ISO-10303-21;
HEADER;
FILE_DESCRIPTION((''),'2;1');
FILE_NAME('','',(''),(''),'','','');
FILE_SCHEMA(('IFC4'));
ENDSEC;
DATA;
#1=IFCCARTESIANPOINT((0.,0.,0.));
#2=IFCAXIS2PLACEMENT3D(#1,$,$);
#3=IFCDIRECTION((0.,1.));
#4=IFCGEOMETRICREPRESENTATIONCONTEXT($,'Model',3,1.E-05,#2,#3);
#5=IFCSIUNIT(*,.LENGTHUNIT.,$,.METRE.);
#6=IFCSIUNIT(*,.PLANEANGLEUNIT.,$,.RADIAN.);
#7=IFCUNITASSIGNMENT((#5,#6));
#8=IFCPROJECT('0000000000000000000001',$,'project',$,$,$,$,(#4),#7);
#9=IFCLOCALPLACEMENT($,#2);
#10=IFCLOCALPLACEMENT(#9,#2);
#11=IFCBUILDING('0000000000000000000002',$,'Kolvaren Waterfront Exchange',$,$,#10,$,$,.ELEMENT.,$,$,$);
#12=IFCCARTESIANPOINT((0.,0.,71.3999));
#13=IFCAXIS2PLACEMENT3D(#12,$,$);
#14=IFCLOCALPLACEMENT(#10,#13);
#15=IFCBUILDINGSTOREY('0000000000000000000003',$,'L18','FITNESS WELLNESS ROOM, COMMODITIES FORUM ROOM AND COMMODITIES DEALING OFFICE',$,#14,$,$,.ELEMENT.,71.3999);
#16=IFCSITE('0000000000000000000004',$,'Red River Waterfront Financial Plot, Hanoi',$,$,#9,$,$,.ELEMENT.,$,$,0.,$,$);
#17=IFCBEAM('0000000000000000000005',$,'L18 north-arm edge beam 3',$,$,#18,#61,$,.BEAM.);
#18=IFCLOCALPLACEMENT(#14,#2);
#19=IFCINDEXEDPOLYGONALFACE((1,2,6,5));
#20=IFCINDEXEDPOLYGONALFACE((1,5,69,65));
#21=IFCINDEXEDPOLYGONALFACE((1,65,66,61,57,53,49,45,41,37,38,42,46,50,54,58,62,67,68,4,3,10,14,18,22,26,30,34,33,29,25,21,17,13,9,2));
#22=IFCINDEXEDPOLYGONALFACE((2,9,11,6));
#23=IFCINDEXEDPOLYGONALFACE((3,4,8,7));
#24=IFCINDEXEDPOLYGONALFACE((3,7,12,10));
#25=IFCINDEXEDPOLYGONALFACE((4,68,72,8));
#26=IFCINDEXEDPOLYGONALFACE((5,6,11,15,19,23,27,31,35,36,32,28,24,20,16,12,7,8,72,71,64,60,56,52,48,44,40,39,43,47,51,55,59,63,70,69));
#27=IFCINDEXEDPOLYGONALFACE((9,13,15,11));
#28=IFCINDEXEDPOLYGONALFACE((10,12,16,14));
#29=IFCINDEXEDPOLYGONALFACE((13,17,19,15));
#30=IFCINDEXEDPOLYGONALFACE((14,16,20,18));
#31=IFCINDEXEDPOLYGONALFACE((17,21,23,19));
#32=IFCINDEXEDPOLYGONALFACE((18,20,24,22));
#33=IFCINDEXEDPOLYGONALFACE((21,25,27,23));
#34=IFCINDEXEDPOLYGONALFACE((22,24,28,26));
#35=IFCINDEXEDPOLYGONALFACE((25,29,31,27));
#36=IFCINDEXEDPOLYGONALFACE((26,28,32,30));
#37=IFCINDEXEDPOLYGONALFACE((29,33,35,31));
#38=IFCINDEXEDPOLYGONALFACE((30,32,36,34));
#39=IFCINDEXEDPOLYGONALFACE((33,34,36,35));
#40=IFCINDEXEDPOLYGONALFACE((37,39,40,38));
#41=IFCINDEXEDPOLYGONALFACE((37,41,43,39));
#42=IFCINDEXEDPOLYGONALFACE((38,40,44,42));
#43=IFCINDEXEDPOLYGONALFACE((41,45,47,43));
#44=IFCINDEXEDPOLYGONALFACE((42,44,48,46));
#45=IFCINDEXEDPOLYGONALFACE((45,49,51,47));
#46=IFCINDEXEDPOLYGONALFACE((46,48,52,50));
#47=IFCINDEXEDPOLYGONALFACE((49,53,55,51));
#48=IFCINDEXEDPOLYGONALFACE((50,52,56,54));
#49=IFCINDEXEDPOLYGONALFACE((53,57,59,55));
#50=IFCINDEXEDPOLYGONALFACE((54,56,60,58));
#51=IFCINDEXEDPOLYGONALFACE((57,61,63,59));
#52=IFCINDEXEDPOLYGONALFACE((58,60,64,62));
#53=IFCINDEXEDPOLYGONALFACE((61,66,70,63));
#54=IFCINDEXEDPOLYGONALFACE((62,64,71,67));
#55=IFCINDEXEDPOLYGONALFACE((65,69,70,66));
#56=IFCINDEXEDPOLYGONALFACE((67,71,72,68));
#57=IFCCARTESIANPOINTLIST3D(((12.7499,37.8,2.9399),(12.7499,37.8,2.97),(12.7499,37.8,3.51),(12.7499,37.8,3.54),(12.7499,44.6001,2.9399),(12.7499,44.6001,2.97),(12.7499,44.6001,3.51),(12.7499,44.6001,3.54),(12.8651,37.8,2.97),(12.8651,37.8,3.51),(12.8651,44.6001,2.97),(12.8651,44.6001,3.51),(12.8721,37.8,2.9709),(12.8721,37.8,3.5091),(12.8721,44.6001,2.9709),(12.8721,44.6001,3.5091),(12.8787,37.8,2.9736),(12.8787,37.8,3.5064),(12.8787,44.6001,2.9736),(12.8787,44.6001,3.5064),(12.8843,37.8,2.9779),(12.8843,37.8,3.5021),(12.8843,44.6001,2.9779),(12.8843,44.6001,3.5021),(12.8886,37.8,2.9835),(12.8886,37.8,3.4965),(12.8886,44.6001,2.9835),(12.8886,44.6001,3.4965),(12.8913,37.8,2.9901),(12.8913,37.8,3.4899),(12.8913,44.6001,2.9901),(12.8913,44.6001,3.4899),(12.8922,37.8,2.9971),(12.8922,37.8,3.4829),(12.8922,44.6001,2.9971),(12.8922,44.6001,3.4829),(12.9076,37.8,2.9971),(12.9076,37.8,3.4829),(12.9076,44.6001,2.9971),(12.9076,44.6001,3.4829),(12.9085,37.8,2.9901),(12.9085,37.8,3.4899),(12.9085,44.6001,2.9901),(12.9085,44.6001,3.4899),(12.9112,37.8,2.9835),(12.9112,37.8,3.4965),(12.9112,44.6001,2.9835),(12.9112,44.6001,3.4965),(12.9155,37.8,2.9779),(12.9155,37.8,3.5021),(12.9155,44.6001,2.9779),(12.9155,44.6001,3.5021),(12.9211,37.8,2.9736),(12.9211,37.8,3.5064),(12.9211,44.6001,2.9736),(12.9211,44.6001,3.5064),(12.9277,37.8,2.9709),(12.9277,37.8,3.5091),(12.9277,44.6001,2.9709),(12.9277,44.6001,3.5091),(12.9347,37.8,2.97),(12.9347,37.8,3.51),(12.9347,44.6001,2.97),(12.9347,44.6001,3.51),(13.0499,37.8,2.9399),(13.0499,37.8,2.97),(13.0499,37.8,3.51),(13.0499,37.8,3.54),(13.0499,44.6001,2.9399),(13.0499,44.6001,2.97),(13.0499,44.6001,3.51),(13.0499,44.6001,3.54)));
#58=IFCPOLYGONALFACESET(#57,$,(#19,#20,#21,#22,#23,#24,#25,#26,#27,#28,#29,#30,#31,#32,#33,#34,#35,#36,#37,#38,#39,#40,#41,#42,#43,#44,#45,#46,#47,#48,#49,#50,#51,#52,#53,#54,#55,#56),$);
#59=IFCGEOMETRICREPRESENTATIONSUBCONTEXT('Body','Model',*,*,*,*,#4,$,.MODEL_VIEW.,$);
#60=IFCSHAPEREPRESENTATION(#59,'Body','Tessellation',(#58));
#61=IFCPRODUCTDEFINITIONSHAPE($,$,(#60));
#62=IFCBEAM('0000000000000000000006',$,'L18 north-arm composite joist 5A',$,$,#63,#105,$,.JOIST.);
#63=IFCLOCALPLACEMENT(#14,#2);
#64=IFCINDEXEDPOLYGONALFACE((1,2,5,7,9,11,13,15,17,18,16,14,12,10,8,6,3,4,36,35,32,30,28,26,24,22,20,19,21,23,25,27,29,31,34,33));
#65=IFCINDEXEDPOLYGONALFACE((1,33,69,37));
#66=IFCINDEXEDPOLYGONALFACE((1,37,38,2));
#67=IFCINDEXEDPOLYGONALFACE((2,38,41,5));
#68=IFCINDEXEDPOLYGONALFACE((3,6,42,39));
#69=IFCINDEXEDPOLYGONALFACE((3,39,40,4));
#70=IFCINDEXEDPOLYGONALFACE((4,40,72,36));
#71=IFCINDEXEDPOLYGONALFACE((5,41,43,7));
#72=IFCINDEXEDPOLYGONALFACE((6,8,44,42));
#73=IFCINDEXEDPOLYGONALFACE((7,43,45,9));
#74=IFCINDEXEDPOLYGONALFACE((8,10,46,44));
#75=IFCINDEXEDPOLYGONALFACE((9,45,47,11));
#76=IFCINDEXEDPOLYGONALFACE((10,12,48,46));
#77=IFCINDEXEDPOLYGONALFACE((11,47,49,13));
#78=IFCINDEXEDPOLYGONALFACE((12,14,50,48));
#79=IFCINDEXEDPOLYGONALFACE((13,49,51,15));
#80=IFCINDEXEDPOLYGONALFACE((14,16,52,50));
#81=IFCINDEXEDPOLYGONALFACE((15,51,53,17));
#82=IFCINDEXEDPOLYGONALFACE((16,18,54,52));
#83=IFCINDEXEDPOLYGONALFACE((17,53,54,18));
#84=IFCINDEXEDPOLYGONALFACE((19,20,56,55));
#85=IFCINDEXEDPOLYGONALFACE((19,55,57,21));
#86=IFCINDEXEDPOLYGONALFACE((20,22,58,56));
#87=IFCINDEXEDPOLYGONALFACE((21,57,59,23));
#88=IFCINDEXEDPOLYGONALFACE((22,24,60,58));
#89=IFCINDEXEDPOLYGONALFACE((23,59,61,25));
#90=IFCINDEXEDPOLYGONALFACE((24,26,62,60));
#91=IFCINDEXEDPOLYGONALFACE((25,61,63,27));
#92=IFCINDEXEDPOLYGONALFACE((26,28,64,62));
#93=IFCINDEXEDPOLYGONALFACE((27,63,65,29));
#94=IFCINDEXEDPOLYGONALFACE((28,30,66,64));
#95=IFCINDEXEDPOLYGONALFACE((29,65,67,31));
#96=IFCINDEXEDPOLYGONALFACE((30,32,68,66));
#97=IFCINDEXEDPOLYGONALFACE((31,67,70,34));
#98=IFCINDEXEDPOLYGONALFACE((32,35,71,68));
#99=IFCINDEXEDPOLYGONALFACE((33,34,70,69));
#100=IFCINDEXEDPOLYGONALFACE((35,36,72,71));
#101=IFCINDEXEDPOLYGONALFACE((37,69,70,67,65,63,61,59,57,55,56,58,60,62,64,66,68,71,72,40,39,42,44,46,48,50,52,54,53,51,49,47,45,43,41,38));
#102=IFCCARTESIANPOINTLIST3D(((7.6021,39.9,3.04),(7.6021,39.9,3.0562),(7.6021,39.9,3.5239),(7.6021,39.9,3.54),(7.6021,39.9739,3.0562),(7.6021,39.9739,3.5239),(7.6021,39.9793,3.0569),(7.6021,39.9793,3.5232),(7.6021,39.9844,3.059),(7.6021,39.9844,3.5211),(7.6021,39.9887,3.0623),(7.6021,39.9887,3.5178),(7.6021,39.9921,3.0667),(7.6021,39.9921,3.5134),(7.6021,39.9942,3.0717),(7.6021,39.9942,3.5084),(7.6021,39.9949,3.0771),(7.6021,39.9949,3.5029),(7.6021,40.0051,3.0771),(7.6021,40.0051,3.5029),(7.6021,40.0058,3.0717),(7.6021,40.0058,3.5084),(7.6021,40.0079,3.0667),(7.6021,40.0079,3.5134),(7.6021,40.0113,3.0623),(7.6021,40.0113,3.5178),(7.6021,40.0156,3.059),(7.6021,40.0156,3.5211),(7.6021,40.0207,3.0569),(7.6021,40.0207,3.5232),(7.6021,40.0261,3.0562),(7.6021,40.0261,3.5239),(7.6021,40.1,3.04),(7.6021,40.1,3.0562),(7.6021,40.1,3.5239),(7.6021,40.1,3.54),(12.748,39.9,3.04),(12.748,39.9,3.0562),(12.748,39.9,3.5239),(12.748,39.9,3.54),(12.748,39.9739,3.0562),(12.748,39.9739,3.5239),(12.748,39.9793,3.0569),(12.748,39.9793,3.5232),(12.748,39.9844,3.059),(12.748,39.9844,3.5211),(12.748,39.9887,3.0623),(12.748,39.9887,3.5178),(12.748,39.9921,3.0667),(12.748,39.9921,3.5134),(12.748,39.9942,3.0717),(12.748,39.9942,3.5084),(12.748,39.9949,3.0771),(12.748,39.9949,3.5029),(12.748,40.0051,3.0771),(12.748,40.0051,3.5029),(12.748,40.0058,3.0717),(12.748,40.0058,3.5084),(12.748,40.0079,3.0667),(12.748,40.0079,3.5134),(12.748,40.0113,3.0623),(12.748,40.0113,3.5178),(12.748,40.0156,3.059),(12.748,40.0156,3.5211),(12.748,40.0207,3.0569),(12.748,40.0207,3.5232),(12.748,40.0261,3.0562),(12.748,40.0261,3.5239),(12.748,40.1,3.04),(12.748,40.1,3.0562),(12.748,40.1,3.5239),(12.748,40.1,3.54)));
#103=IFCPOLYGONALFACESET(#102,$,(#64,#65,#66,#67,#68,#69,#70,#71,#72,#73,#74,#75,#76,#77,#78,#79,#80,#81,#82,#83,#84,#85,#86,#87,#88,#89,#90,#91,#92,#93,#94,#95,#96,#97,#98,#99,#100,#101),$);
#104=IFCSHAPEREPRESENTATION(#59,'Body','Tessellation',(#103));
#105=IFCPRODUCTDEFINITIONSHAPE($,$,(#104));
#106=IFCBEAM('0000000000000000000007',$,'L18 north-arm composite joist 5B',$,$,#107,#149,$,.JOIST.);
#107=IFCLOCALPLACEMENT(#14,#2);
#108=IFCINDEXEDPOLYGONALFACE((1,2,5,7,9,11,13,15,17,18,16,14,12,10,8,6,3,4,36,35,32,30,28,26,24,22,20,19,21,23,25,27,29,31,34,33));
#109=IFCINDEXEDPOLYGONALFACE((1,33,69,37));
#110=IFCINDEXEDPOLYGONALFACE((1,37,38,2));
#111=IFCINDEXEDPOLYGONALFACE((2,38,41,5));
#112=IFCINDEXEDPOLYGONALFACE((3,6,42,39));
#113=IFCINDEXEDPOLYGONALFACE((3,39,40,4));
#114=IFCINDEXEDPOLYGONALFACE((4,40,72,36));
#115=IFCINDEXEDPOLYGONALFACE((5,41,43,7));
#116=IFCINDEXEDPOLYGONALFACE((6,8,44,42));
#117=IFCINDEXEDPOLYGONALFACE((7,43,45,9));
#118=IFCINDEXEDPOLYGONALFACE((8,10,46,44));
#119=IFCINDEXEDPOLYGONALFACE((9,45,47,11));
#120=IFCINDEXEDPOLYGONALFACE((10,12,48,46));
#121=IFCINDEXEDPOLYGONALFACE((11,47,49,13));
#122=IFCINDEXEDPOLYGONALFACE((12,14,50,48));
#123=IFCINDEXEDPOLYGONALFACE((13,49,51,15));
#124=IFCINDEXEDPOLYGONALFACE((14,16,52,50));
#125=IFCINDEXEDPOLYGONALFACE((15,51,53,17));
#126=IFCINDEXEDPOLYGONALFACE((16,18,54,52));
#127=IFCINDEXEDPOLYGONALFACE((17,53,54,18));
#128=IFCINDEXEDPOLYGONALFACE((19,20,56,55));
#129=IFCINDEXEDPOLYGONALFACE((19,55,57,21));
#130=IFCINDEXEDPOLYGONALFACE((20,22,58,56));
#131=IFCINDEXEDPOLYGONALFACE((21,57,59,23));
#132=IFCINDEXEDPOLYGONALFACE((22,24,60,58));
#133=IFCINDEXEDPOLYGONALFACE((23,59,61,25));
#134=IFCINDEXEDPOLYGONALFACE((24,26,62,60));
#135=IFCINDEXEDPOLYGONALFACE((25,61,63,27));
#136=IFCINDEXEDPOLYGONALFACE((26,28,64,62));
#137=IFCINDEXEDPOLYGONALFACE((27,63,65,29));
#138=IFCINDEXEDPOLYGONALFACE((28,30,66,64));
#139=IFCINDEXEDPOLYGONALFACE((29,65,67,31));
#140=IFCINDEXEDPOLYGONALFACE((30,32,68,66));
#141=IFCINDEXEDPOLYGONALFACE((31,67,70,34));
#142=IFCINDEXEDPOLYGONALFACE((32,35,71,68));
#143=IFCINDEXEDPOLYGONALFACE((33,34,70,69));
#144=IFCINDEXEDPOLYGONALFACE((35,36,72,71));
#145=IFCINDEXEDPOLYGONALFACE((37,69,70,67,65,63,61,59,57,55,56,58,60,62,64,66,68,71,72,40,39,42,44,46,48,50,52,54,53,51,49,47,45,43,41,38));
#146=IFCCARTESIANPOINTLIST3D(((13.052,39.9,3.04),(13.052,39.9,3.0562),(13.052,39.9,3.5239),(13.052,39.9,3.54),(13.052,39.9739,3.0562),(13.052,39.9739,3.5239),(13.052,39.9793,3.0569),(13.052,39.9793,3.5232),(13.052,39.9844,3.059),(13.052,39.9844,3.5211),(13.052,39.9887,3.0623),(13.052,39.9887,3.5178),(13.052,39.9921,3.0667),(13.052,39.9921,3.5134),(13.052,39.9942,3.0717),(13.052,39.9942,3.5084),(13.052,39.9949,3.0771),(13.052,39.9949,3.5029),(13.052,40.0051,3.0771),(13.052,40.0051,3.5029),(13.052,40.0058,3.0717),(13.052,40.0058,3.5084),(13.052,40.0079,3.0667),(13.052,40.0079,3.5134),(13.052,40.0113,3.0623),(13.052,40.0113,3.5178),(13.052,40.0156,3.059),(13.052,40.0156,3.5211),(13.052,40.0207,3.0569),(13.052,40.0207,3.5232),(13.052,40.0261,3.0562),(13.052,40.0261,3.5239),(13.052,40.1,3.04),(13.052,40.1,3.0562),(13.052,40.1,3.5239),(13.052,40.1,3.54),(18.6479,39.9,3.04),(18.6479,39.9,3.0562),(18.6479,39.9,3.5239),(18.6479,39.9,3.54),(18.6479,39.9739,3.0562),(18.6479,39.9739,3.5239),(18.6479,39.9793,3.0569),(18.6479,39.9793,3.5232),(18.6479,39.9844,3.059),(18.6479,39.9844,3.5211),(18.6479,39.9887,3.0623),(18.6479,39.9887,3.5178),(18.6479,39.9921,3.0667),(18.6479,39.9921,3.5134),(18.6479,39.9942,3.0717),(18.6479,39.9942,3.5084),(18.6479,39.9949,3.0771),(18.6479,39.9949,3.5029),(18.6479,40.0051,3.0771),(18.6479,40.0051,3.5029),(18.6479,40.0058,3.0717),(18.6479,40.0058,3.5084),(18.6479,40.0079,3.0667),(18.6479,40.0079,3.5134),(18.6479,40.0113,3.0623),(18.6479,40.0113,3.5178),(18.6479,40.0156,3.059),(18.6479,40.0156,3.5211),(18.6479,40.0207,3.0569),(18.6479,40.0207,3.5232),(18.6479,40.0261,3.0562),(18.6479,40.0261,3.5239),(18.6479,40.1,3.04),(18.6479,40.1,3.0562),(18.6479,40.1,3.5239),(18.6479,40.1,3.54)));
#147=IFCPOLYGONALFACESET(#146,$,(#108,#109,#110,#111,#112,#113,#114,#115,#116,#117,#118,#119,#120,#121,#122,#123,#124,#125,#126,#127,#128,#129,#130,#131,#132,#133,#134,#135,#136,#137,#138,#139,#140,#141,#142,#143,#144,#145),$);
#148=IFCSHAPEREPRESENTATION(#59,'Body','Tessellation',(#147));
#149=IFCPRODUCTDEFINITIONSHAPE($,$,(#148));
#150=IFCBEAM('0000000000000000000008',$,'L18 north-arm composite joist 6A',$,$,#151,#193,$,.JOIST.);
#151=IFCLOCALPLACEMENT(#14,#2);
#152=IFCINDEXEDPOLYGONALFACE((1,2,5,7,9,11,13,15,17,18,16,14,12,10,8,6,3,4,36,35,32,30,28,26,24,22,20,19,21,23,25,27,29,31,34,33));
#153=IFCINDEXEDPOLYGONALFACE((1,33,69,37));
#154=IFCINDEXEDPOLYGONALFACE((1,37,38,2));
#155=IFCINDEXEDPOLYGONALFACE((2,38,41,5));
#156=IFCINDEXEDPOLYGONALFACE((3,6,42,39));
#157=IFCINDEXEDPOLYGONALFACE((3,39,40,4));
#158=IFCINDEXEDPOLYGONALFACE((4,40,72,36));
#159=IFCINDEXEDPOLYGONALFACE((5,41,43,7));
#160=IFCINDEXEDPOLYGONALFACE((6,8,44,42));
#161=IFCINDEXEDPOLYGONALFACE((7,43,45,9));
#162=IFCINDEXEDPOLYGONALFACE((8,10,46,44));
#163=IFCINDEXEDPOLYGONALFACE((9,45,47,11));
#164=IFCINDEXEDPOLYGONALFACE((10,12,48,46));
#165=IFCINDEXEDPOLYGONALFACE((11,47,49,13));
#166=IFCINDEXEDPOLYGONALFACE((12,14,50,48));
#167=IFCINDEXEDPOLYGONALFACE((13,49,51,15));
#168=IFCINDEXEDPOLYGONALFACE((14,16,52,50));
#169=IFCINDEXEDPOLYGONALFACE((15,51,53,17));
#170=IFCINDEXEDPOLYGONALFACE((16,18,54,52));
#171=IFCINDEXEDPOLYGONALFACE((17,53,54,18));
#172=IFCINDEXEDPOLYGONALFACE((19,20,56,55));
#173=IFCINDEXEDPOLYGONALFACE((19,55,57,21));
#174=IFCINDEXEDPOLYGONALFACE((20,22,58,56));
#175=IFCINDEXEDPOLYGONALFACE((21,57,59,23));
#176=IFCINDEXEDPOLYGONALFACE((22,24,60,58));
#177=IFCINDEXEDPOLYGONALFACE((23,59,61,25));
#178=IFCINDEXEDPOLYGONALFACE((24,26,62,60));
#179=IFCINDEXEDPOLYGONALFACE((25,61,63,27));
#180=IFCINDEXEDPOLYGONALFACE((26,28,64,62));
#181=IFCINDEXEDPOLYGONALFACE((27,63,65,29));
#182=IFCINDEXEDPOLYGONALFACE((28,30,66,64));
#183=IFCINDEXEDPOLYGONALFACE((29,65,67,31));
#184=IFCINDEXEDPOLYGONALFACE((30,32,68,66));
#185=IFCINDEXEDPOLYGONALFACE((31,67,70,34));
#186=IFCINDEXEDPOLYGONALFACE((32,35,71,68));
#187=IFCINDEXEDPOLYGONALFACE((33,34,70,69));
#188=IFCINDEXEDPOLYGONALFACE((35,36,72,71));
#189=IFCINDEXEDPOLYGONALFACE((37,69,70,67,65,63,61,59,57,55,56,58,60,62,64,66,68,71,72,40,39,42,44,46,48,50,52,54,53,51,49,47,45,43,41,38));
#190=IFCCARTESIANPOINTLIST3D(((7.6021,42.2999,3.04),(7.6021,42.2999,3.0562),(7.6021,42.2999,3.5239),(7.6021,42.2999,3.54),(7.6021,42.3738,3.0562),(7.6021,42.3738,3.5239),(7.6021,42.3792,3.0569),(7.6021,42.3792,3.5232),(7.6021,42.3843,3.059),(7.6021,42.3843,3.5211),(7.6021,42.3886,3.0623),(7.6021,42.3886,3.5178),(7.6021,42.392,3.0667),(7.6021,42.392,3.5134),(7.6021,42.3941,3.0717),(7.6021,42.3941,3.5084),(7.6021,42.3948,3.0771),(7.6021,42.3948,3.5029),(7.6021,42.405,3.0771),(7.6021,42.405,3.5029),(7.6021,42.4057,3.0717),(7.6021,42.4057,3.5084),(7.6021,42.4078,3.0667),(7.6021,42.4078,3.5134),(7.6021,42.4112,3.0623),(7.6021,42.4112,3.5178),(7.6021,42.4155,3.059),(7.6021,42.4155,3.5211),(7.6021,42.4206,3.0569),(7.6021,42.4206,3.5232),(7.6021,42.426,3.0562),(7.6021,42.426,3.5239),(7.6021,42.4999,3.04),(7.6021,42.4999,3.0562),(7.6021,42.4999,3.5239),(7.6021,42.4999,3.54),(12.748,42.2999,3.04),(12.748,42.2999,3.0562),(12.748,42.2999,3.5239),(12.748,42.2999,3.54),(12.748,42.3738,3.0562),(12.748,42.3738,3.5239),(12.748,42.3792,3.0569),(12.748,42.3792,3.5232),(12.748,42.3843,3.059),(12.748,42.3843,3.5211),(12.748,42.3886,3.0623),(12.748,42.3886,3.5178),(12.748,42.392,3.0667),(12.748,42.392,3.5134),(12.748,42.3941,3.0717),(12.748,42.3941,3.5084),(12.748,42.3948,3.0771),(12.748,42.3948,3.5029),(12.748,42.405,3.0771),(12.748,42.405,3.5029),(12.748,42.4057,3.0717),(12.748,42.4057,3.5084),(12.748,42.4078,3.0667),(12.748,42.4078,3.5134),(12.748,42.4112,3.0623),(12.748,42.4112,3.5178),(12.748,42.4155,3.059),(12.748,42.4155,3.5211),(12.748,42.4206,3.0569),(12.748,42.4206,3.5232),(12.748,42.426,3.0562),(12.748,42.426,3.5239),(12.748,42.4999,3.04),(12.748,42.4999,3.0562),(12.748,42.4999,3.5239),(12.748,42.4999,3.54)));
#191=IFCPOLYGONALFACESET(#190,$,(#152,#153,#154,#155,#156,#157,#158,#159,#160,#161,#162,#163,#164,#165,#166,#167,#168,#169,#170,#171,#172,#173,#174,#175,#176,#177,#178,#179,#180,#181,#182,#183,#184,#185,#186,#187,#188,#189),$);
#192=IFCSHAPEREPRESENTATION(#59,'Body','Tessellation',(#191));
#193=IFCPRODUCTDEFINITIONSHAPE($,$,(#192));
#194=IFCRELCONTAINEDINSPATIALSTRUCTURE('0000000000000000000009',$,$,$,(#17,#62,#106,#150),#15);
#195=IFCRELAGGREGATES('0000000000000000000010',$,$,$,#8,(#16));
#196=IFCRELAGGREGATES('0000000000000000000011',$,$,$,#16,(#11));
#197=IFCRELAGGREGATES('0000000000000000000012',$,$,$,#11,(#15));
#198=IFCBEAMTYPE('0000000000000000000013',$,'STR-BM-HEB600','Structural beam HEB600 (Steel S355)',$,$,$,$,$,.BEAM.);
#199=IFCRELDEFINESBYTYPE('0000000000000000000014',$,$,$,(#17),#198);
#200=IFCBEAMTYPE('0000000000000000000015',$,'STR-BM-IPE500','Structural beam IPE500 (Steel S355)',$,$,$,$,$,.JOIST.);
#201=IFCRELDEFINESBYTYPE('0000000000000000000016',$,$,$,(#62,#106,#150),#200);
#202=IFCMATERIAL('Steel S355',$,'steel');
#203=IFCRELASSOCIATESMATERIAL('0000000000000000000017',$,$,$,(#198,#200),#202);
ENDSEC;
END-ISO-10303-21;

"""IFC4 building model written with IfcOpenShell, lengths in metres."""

from ifc_helpers import new_model, si_unit, direction, frame, origin, origin_2d, place, context, subcontext, project, spatial, i_section, extrude, material, material_profile, profile_set, type_object, element, save


model = new_model("IFC4")

# Units and contexts
model_context = context("Model", 3, precision=1e-05, world=origin(), true_north=direction((0.0, 1.0)))
body_context = subcontext(model_context, "Body", "Model", "MODEL_VIEW")
ifc_project = project(units=[si_unit("LENGTHUNIT", "METRE"), si_unit("PLANEANGLEUNIT", "RADIAN")], contexts=[model_context])

# Site, building, storey
site_placement = place(None, origin())
site = spatial("IfcSite", under=ifc_project, at=site_placement, Name="Red River Waterfront Financial Plot, Hanoi", CompositionType="ELEMENT", RefElevation=0.0)
building_placement = place(site_placement, origin())
building = spatial("IfcBuilding", under=site, at=building_placement, Name="Kolvaren Waterfront Exchange", CompositionType="ELEMENT")
storey_placement = place(building_placement, frame((0.0, 0.0, 71.3999)))
storey = spatial("IfcBuildingStorey", under=building, at=storey_placement, Name="L18", Description="FITNESS WELLNESS ROOM, COMMODITIES FORUM ROOM AND COMMODITIES DEALING OFFICE", CompositionType="ELEMENT", Elevation=71.3999)

# Beams
ifc_material_1 = material(Name="Steel S355", Category="steel")
ifc_material_profile_1 = material_profile(ifc_material_1, i_section(OverallWidth=0.3, OverallDepth=0.6001, WebThickness=0.0154, FlangeThickness=0.03, FilletRadius=0.0271, at=origin_2d()), Name="HEB600")
ifc_profile_set_1 = profile_set([ifc_material_profile_1], Name="Steel S355")
beam_type_1 = type_object("IfcBeamType", Name="STR-BM-HEB600", Description="Structural beam HEB600 (Steel S355)", PredefinedType="BEAM", material=ifc_profile_set_1)
beam_1_placement = place(storey_placement, frame((12.8999, 37.8, 3.24), z_axis=(0.0, 1.0, 0.0), x_axis=(-1.0, 0.0, 0.0)))
element("IfcBeam", 1, at=beam_1_placement, inside=storey, type_object=beam_type_1, Name="L18 north-arm edge beam 3", PredefinedType="BEAM", context=body_context, shape_type="SweptSolid", body=[
    extrude(i_section(OverallWidth=0.3, OverallDepth=0.6001, WebThickness=0.0154, FlangeThickness=0.03, FilletRadius=0.0271, at=origin_2d()), origin(), (0.0, 0.0, 1.0), 6.8),
])
ifc_material_profile_2 = material_profile(ifc_material_1, i_section(OverallWidth=0.2, OverallDepth=0.5, WebThickness=0.0103, FlangeThickness=0.0161, FilletRadius=0.021, at=origin_2d()), Name="IPE500")
ifc_profile_set_2 = profile_set([ifc_material_profile_2], Name="Steel S355")
beam_type_2 = type_object("IfcBeamType", Name="STR-BM-IPE500", Description="Structural beam IPE500 (Steel S355)", PredefinedType="JOIST", material=ifc_profile_set_2)
beam_2_placement = place(storey_placement, frame((7.6021, 40.0, 3.29), z_axis=(1.0, 0.0, 0.0), x_axis=(0.0, 1.0, 0.0)))
element("IfcBeam", 2, at=beam_2_placement, inside=storey, type_object=beam_type_2, Name="L18 north-arm composite joist 5A", PredefinedType="JOIST", context=body_context, shape_type="SweptSolid", body=[
    extrude(i_section(OverallWidth=0.2, OverallDepth=0.5, WebThickness=0.0103, FlangeThickness=0.0161, FilletRadius=0.021, at=origin_2d()), origin(), (0.0, 0.0, 1.0), 5.146),
])
beam_3_placement = place(storey_placement, frame((13.052, 40.0, 3.29), z_axis=(1.0, 0.0, 0.0), x_axis=(0.0, 1.0, 0.0)))
element("IfcBeam", 3, at=beam_3_placement, inside=storey, type_object=beam_type_2, Name="L18 north-arm composite joist 5B", PredefinedType="JOIST", context=body_context, shape_type="SweptSolid", body=[
    extrude(i_section(OverallWidth=0.2, OverallDepth=0.5, WebThickness=0.0103, FlangeThickness=0.0161, FilletRadius=0.021, at=origin_2d()), origin(), (0.0, 0.0, 1.0), 5.5959),
])
beam_4_placement = place(storey_placement, frame((7.6021, 42.3999, 3.29), z_axis=(1.0, 0.0, 0.0), x_axis=(0.0, 1.0, 0.0)))
element("IfcBeam", 4, at=beam_4_placement, inside=storey, type_object=beam_type_2, Name="L18 north-arm composite joist 6A", PredefinedType="JOIST", context=body_context, shape_type="SweptSolid", body=[
    extrude(i_section(OverallWidth=0.2, OverallDepth=0.5, WebThickness=0.0103, FlangeThickness=0.0161, FilletRadius=0.021, at=origin_2d()), origin(), (0.0, 0.0, 1.0), 5.146),
])

save(model, "model.ifc")
